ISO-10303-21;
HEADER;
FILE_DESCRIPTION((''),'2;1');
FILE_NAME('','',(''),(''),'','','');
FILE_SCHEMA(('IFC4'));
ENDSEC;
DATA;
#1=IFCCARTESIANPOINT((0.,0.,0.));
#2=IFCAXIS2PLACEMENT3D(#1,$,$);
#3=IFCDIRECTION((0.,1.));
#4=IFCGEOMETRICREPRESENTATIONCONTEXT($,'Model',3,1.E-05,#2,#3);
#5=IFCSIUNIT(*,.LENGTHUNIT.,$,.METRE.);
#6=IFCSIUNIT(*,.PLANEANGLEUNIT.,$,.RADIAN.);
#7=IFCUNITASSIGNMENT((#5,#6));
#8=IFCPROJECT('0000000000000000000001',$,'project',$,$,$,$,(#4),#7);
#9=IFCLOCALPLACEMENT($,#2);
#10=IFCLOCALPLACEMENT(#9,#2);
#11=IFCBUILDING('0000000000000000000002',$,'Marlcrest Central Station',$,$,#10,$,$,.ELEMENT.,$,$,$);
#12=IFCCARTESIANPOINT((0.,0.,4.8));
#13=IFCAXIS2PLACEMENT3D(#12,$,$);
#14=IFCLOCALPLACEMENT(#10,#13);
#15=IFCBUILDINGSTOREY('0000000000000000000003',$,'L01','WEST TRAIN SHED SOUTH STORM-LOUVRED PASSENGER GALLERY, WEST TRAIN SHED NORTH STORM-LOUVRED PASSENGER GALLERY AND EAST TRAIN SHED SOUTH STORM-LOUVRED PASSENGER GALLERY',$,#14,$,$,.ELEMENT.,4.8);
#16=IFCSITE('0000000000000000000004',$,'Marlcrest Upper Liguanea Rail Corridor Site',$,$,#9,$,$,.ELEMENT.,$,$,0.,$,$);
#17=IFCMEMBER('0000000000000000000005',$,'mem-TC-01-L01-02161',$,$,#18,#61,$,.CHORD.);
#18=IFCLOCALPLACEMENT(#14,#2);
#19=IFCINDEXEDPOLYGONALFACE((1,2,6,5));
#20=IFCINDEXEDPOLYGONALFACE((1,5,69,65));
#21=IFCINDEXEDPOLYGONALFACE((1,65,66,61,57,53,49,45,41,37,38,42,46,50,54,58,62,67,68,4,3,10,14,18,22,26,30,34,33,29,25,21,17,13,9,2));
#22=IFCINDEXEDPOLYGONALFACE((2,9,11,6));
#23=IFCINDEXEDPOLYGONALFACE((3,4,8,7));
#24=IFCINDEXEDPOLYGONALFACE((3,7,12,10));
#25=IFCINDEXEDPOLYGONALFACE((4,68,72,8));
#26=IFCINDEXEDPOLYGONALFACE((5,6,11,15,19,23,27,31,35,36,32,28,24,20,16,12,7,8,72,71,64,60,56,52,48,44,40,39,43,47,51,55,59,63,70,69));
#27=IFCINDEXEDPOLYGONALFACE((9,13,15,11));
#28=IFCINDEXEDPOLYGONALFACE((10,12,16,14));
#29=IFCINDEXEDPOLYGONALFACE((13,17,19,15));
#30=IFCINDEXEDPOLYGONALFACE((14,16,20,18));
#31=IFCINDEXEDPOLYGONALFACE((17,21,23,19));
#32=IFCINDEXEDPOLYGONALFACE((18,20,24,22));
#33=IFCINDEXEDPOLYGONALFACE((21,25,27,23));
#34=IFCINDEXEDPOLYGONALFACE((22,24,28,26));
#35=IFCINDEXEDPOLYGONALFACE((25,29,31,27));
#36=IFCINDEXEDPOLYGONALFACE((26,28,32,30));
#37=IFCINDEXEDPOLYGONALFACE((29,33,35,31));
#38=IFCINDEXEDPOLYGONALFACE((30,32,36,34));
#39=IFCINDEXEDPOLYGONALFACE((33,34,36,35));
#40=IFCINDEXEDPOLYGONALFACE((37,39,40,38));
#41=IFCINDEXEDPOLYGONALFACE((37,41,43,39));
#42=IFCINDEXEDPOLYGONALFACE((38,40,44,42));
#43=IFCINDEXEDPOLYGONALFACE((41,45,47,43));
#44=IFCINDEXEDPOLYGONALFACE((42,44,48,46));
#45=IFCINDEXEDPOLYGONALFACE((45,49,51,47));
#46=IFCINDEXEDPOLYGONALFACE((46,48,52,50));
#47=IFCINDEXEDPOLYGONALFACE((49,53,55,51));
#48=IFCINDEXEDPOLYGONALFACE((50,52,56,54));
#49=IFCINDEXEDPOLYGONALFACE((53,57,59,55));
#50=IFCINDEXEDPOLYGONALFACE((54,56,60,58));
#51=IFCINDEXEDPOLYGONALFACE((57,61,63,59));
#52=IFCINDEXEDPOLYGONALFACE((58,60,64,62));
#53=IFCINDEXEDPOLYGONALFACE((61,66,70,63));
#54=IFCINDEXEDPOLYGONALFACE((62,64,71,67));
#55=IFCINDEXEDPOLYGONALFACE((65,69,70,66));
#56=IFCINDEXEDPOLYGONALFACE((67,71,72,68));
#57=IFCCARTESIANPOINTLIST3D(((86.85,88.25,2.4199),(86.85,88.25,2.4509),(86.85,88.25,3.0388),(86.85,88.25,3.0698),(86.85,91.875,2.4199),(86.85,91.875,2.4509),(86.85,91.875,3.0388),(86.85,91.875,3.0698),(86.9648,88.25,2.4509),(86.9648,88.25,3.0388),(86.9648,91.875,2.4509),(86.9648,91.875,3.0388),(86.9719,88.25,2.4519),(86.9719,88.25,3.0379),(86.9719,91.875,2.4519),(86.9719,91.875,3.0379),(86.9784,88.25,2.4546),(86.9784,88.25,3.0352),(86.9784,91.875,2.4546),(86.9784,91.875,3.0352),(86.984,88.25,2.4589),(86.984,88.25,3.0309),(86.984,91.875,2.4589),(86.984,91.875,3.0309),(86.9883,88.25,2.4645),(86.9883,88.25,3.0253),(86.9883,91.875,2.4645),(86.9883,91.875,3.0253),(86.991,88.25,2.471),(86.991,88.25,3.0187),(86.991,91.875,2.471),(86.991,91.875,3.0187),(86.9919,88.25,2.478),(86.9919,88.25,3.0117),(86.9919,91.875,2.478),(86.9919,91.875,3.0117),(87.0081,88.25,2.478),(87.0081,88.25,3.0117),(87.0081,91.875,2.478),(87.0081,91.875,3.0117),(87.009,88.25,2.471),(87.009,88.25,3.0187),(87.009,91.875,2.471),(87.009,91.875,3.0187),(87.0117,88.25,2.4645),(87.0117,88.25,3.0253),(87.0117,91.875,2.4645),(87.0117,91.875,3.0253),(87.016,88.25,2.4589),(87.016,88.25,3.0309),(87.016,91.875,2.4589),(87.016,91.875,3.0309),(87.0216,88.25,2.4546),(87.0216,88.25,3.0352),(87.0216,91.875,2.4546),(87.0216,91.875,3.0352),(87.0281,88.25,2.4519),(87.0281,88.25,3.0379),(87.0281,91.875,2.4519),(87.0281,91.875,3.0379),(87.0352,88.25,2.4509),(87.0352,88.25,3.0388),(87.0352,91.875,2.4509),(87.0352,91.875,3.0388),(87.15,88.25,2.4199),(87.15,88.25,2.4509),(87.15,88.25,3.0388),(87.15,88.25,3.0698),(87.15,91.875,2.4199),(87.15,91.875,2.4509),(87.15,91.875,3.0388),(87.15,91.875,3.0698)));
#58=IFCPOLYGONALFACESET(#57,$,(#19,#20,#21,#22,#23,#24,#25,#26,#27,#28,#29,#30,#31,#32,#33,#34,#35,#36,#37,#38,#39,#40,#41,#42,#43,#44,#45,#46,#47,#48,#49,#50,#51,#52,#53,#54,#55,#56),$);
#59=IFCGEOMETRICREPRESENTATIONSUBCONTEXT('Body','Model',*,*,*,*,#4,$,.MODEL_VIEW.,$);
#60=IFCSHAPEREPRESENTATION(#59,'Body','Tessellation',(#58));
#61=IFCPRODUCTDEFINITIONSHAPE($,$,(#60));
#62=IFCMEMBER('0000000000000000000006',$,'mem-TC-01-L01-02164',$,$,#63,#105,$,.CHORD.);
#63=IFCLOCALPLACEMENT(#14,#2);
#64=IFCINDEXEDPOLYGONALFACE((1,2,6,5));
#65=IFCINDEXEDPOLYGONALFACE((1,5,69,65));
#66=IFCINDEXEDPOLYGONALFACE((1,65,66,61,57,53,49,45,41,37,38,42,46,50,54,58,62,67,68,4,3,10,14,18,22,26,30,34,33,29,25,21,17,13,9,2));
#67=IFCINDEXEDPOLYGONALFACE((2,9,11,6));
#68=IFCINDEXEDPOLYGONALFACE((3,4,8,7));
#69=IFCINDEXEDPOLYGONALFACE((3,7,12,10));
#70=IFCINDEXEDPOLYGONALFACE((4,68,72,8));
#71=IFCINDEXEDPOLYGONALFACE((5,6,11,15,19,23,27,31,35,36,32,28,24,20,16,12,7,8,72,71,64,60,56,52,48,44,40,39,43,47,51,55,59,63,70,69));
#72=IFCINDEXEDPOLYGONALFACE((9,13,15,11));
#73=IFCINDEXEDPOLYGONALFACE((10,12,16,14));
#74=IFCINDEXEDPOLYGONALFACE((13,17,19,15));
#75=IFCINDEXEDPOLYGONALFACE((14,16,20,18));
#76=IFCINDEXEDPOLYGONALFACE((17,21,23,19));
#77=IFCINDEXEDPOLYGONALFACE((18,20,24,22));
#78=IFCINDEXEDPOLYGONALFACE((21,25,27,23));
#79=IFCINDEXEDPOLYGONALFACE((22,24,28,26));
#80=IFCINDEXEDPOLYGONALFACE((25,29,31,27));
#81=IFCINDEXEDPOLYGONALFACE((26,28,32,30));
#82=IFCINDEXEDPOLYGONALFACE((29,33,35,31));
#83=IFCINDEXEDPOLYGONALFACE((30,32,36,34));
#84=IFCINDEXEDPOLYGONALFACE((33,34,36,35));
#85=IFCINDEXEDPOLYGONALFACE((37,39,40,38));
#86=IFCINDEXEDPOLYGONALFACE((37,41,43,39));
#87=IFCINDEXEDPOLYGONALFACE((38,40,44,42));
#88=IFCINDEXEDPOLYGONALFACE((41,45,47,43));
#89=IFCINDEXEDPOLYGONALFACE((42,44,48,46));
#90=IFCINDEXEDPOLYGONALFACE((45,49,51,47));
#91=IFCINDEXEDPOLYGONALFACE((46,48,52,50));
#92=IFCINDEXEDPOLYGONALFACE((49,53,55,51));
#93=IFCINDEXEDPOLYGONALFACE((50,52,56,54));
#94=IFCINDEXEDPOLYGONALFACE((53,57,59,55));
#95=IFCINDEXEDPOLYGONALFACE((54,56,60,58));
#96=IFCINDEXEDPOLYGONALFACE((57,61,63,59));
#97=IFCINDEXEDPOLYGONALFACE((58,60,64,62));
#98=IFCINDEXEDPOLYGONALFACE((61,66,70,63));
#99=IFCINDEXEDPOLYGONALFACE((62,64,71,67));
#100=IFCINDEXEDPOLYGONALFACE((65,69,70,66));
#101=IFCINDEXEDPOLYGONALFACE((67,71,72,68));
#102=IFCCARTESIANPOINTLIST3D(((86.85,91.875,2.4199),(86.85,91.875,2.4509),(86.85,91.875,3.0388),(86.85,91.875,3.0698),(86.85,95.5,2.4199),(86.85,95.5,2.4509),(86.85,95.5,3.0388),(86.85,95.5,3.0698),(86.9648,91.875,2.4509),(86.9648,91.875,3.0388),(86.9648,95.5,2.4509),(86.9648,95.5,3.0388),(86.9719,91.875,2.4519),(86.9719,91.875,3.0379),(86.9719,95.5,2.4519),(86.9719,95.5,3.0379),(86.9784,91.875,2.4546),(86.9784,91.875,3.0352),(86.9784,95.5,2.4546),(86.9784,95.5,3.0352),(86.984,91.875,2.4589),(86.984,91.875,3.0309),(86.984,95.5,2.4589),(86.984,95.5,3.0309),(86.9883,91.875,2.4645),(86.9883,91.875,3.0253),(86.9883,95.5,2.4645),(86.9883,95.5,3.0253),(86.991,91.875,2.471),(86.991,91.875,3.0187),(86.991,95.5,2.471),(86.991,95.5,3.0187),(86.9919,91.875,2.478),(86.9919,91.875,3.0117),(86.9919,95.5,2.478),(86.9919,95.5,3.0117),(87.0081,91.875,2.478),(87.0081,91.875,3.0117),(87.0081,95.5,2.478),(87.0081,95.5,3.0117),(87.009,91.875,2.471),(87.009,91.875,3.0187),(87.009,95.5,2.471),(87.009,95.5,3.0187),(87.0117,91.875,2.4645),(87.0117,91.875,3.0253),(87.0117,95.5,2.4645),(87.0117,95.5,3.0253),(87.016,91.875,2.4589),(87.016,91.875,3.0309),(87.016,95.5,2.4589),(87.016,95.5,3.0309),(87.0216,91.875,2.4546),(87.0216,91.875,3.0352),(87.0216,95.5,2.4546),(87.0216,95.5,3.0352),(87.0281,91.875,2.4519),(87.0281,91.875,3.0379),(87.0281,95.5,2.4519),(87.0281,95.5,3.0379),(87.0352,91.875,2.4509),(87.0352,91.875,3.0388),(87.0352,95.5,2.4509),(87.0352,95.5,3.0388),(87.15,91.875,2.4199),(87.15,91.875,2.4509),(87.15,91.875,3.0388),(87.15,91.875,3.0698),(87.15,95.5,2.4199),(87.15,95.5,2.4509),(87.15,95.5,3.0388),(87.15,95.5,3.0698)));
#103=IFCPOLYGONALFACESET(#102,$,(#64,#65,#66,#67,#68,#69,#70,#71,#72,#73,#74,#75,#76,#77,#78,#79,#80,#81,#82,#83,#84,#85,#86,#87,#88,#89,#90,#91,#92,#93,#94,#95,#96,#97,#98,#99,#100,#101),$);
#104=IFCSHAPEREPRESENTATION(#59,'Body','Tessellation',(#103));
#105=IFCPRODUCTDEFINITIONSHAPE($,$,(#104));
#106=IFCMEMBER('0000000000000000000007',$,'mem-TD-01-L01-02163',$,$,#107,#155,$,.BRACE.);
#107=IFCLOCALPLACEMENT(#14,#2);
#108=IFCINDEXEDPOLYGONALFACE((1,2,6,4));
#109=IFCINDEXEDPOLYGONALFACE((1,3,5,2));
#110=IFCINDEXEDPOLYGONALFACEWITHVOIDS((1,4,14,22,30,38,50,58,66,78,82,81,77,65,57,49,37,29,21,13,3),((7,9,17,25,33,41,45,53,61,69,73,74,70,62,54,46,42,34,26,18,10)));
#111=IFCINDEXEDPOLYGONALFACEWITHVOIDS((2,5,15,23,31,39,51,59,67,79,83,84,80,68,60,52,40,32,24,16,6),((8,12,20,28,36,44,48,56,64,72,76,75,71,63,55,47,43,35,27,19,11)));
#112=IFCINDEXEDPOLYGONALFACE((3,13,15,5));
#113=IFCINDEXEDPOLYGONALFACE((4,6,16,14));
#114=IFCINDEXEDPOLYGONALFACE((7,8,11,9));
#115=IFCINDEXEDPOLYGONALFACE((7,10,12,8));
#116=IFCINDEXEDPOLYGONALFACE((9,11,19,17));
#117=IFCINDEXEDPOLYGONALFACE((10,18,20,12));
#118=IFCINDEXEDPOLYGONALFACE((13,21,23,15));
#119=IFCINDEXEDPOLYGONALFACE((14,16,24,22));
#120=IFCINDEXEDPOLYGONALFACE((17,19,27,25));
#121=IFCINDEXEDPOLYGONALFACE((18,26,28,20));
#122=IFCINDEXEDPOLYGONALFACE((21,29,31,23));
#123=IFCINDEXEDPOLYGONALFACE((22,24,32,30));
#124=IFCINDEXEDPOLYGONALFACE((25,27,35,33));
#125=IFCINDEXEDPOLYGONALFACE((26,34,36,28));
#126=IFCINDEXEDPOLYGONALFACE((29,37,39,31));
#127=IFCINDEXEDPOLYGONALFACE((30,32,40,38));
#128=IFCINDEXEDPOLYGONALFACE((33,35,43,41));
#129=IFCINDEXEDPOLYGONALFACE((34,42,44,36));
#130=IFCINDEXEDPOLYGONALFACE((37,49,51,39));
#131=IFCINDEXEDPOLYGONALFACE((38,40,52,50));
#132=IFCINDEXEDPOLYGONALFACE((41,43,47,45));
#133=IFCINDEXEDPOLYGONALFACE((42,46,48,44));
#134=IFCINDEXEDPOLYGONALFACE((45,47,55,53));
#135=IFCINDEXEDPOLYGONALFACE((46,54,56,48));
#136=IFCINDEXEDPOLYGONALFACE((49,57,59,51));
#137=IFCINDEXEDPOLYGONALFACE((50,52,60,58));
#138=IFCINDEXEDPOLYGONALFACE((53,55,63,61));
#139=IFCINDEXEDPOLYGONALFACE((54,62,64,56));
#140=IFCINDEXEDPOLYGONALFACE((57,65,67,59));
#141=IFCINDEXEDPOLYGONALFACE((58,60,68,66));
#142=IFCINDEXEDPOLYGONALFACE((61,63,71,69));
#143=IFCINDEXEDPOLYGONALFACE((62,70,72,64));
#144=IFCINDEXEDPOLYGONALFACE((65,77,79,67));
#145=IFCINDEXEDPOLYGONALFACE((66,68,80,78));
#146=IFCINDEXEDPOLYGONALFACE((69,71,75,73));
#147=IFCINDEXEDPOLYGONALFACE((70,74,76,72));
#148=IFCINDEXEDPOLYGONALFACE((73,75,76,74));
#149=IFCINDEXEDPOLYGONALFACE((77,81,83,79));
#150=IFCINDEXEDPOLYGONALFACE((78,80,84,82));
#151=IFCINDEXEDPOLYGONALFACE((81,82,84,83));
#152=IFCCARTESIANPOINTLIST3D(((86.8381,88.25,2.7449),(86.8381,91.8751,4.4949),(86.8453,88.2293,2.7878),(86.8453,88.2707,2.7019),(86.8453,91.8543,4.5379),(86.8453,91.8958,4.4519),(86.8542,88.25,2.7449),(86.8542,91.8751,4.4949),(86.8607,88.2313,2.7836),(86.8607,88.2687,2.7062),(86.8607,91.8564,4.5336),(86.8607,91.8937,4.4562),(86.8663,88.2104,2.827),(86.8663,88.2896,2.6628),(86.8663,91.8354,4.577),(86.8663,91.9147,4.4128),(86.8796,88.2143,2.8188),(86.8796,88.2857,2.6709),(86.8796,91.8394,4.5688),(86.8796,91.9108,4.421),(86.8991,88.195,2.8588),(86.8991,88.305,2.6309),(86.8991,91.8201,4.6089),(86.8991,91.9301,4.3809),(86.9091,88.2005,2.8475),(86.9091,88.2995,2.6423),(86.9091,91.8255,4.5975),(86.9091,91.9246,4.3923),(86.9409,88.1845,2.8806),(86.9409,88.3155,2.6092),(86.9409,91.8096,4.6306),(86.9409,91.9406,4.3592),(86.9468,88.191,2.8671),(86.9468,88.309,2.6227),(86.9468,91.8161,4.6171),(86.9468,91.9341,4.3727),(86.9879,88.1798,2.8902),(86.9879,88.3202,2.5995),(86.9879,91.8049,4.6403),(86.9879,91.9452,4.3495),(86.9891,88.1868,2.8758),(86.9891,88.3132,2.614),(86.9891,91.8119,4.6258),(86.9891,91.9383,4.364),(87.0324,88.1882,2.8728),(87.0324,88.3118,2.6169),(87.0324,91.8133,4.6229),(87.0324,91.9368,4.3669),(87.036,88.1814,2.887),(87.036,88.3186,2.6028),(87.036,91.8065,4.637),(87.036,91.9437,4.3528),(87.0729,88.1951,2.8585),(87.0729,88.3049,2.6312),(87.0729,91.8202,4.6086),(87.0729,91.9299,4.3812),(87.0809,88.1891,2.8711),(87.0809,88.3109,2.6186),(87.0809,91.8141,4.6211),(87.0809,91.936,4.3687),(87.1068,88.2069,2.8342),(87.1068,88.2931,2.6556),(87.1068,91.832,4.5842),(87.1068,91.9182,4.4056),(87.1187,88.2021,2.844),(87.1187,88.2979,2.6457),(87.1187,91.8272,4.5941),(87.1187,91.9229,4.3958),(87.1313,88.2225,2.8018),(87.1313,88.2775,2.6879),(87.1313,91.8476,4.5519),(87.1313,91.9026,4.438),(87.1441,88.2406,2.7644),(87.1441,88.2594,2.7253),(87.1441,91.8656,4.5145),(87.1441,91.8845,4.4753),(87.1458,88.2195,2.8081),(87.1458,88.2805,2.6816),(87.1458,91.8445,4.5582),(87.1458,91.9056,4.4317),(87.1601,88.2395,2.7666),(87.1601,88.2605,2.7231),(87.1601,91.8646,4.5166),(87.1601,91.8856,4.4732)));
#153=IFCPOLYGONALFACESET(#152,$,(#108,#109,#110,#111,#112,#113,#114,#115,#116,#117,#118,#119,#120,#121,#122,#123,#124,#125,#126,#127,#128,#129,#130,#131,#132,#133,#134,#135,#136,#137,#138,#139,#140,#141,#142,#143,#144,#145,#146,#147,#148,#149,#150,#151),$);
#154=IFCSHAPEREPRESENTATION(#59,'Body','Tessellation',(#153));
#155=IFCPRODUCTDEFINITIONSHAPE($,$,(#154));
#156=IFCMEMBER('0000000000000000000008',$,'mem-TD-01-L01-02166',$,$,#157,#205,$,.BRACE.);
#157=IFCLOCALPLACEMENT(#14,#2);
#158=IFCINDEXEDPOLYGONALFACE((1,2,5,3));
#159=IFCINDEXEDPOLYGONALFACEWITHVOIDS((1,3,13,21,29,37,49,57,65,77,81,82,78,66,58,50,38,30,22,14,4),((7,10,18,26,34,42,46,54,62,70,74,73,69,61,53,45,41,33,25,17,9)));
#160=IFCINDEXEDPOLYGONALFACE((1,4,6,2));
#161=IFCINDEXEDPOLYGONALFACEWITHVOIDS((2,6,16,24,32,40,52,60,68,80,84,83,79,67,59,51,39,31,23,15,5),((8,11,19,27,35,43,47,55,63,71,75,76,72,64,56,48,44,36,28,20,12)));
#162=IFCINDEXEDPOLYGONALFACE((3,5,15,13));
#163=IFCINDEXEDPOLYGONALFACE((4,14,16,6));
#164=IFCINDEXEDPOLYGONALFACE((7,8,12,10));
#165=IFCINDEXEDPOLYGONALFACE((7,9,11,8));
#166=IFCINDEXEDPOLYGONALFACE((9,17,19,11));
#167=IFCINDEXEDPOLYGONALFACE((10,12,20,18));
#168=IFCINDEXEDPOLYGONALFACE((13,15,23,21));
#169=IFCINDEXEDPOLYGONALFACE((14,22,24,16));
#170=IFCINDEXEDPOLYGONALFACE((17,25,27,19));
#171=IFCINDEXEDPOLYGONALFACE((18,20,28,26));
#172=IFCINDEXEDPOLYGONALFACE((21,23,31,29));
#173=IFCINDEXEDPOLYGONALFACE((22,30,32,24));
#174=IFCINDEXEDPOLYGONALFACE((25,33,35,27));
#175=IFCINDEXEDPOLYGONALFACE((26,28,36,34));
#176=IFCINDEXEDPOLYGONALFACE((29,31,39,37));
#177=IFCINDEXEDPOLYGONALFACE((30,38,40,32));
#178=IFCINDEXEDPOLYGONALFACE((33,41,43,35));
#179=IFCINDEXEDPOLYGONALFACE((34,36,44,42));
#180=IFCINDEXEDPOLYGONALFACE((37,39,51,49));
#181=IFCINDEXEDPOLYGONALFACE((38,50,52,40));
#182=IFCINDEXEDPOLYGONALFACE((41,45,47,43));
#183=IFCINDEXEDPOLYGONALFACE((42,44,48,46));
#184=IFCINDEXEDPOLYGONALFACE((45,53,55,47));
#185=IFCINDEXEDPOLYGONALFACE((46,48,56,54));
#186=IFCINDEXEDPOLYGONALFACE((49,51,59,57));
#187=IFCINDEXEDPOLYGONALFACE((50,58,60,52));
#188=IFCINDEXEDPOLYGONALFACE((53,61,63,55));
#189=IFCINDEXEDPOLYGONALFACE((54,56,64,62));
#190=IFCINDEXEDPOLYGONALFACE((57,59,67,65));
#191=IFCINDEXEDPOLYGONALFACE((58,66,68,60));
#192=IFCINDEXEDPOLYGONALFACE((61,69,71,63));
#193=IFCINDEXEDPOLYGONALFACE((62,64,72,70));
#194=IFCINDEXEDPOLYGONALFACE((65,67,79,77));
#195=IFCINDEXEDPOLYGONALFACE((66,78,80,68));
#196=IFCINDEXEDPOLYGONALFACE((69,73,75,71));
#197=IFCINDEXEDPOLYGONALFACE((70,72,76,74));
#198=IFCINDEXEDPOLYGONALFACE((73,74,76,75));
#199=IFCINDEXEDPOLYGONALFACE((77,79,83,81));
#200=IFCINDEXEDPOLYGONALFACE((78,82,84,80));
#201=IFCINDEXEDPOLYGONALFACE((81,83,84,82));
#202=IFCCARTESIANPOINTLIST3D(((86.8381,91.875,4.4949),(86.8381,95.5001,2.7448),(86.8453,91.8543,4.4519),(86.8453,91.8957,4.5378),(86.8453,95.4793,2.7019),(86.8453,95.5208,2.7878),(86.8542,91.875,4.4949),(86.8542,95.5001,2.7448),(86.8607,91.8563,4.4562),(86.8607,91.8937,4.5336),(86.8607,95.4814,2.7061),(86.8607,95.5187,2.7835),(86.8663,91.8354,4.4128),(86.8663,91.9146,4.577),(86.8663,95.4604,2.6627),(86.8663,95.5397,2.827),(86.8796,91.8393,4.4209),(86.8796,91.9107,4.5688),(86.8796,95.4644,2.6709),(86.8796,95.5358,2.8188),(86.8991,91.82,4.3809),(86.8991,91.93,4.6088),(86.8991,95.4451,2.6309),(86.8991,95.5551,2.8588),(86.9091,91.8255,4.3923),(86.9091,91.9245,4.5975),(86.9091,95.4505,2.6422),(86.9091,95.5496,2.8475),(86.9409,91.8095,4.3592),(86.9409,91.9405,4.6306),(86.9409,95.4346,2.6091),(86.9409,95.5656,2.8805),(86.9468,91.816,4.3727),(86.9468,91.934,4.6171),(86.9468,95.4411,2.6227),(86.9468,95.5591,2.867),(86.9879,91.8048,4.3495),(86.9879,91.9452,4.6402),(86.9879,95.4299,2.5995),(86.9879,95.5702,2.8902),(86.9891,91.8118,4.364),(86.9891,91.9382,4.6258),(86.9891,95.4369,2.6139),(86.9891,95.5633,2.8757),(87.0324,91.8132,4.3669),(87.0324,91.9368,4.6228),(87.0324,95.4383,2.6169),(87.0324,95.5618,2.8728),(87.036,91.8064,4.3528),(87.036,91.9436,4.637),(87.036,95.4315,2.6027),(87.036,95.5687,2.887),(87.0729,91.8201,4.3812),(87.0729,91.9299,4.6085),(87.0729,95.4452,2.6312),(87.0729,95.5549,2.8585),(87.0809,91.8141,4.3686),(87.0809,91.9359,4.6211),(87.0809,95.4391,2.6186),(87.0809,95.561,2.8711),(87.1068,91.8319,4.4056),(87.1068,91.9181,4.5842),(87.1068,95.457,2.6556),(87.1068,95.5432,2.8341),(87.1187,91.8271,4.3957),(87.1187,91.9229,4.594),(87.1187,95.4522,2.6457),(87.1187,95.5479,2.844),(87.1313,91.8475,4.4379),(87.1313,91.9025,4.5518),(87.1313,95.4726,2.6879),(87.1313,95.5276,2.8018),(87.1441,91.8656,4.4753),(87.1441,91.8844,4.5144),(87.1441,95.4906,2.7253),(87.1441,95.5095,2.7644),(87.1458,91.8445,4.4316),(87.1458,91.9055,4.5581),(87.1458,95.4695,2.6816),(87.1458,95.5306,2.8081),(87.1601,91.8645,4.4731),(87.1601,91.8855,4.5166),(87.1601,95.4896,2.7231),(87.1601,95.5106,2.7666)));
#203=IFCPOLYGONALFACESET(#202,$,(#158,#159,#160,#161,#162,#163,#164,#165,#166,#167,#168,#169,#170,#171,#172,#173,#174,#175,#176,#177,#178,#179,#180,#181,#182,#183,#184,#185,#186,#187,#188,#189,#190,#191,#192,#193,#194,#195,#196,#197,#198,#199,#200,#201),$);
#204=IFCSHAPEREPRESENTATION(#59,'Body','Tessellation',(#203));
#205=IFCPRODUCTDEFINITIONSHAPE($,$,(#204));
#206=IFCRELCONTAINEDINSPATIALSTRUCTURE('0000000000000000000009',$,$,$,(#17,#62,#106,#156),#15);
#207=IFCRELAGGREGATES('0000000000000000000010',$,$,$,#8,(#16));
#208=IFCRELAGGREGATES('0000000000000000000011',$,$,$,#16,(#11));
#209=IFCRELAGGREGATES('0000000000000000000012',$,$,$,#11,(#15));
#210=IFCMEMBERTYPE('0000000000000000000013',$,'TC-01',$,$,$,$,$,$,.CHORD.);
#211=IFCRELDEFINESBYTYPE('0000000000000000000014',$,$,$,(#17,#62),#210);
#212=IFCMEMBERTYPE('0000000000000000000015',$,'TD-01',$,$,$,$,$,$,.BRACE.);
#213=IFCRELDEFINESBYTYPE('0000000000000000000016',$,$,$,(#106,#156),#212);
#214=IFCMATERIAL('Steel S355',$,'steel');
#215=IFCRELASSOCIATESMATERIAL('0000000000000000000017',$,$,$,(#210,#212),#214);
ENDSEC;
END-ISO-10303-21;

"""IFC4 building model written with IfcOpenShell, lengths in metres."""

from ifc_helpers import new_model, si_unit, direction, frame, origin, origin_2d, place, context, subcontext, project, spatial, hollow_circle, i_section, extrude, material, material_profile, profile_set, type_object, element, save


model = new_model("IFC4")

# Units and contexts
model_context = context("Model", 3, precision=1e-05, world=origin(), true_north=direction((0.0, 1.0)))
body_context = subcontext(model_context, "Body", "Model", "MODEL_VIEW")
ifc_project = project(units=[si_unit("LENGTHUNIT", "METRE"), si_unit("PLANEANGLEUNIT", "RADIAN")], contexts=[model_context])

# Site, building, storey
site_placement = place(None, origin())
site = spatial("IfcSite", under=ifc_project, at=site_placement, Name="Marlcrest Upper Liguanea Rail Corridor Site", CompositionType="ELEMENT", RefElevation=0.0)
building_placement = place(site_placement, origin())
building = spatial("IfcBuilding", under=site, at=building_placement, Name="Marlcrest Central Station", CompositionType="ELEMENT")
storey_placement = place(building_placement, frame((0.0, 0.0, 4.8)))
storey = spatial("IfcBuildingStorey", under=building, at=storey_placement, Name="L01", Description="WEST TRAIN SHED SOUTH STORM-LOUVRED PASSENGER GALLERY, WEST TRAIN SHED NORTH STORM-LOUVRED PASSENGER GALLERY AND EAST TRAIN SHED SOUTH STORM-LOUVRED PASSENGER GALLERY", CompositionType="ELEMENT", Elevation=4.8)

# Shared definitions
ifc_material_1 = material(Name="Steel S355", Category="steel")

# Members
ifc_material_profile_1 = material_profile(ifc_material_1, i_section(OverallWidth=0.3, OverallDepth=0.6499, WebThickness=0.0161, FlangeThickness=0.031, FilletRadius=0.0271, at=origin_2d()), Name="HEB 650")
ifc_profile_set_1 = profile_set([ifc_material_profile_1], Name="Steel S355")
member_type_1 = type_object("IfcMemberType", Name="TC-01", PredefinedType="CHORD", material=ifc_profile_set_1)
for number, where, z_axis, x_axis, name in (
    (1, (87.0, 88.25, 2.7449), (0.0, 1.0, 0.0), (-1.0, 0.0, 0.0), "mem-TC-01-L01-02161"),
    (2, (87.0, 91.875, 2.7449), (0.0, 1.0, 0.0), (-1.0, 0.0, 0.0), "mem-TC-01-L01-02164"),
):
    element("IfcMember", number, at=place(storey_placement, frame(where, z_axis=z_axis, x_axis=x_axis)), inside=storey, type_object=member_type_1, Name=name, PredefinedType="CHORD", context=body_context, shape_type="SweptSolid", body=[
        extrude(i_section(OverallWidth=0.3, OverallDepth=0.6499, WebThickness=0.0161, FlangeThickness=0.031, FilletRadius=0.0271, at=origin_2d()), origin(), (0.0, 0.0, 1.0), 3.625),
    ])
ifc_material_profile_2 = material_profile(ifc_material_1, hollow_circle(Radius=0.1619, WallThickness=0.0161, at=origin_2d()), Name="CHS 323.9x16")
ifc_profile_set_2 = profile_set([ifc_material_profile_2], Name="Steel S355")
member_type_2 = type_object("IfcMemberType", Name="TD-01", PredefinedType="BRACE", material=ifc_profile_set_2)
for number, where, z_axis, x_axis, name in (
    (3, (87.0, 88.25, 2.7449), (0.0, 0.900552, 0.434749), (-1.0, 0.0, 0.0), "mem-TD-01-L01-02163"),
    (4, (87.0, 91.875, 4.4949), (0.0, 0.900552, -0.434749), (-1.0, 0.0, 0.0), "mem-TD-01-L01-02166"),
):
    element("IfcMember", number, at=place(storey_placement, frame(where, z_axis=z_axis, x_axis=x_axis)), inside=storey, type_object=member_type_2, Name=name, PredefinedType="BRACE", context=body_context, shape_type="SweptSolid", body=[
        extrude(hollow_circle(Radius=0.1619, WallThickness=0.0161, at=origin_2d()), origin(), (0.0, 0.0, 1.0), 4.0254),
    ])

save(model, "model.ifc")
